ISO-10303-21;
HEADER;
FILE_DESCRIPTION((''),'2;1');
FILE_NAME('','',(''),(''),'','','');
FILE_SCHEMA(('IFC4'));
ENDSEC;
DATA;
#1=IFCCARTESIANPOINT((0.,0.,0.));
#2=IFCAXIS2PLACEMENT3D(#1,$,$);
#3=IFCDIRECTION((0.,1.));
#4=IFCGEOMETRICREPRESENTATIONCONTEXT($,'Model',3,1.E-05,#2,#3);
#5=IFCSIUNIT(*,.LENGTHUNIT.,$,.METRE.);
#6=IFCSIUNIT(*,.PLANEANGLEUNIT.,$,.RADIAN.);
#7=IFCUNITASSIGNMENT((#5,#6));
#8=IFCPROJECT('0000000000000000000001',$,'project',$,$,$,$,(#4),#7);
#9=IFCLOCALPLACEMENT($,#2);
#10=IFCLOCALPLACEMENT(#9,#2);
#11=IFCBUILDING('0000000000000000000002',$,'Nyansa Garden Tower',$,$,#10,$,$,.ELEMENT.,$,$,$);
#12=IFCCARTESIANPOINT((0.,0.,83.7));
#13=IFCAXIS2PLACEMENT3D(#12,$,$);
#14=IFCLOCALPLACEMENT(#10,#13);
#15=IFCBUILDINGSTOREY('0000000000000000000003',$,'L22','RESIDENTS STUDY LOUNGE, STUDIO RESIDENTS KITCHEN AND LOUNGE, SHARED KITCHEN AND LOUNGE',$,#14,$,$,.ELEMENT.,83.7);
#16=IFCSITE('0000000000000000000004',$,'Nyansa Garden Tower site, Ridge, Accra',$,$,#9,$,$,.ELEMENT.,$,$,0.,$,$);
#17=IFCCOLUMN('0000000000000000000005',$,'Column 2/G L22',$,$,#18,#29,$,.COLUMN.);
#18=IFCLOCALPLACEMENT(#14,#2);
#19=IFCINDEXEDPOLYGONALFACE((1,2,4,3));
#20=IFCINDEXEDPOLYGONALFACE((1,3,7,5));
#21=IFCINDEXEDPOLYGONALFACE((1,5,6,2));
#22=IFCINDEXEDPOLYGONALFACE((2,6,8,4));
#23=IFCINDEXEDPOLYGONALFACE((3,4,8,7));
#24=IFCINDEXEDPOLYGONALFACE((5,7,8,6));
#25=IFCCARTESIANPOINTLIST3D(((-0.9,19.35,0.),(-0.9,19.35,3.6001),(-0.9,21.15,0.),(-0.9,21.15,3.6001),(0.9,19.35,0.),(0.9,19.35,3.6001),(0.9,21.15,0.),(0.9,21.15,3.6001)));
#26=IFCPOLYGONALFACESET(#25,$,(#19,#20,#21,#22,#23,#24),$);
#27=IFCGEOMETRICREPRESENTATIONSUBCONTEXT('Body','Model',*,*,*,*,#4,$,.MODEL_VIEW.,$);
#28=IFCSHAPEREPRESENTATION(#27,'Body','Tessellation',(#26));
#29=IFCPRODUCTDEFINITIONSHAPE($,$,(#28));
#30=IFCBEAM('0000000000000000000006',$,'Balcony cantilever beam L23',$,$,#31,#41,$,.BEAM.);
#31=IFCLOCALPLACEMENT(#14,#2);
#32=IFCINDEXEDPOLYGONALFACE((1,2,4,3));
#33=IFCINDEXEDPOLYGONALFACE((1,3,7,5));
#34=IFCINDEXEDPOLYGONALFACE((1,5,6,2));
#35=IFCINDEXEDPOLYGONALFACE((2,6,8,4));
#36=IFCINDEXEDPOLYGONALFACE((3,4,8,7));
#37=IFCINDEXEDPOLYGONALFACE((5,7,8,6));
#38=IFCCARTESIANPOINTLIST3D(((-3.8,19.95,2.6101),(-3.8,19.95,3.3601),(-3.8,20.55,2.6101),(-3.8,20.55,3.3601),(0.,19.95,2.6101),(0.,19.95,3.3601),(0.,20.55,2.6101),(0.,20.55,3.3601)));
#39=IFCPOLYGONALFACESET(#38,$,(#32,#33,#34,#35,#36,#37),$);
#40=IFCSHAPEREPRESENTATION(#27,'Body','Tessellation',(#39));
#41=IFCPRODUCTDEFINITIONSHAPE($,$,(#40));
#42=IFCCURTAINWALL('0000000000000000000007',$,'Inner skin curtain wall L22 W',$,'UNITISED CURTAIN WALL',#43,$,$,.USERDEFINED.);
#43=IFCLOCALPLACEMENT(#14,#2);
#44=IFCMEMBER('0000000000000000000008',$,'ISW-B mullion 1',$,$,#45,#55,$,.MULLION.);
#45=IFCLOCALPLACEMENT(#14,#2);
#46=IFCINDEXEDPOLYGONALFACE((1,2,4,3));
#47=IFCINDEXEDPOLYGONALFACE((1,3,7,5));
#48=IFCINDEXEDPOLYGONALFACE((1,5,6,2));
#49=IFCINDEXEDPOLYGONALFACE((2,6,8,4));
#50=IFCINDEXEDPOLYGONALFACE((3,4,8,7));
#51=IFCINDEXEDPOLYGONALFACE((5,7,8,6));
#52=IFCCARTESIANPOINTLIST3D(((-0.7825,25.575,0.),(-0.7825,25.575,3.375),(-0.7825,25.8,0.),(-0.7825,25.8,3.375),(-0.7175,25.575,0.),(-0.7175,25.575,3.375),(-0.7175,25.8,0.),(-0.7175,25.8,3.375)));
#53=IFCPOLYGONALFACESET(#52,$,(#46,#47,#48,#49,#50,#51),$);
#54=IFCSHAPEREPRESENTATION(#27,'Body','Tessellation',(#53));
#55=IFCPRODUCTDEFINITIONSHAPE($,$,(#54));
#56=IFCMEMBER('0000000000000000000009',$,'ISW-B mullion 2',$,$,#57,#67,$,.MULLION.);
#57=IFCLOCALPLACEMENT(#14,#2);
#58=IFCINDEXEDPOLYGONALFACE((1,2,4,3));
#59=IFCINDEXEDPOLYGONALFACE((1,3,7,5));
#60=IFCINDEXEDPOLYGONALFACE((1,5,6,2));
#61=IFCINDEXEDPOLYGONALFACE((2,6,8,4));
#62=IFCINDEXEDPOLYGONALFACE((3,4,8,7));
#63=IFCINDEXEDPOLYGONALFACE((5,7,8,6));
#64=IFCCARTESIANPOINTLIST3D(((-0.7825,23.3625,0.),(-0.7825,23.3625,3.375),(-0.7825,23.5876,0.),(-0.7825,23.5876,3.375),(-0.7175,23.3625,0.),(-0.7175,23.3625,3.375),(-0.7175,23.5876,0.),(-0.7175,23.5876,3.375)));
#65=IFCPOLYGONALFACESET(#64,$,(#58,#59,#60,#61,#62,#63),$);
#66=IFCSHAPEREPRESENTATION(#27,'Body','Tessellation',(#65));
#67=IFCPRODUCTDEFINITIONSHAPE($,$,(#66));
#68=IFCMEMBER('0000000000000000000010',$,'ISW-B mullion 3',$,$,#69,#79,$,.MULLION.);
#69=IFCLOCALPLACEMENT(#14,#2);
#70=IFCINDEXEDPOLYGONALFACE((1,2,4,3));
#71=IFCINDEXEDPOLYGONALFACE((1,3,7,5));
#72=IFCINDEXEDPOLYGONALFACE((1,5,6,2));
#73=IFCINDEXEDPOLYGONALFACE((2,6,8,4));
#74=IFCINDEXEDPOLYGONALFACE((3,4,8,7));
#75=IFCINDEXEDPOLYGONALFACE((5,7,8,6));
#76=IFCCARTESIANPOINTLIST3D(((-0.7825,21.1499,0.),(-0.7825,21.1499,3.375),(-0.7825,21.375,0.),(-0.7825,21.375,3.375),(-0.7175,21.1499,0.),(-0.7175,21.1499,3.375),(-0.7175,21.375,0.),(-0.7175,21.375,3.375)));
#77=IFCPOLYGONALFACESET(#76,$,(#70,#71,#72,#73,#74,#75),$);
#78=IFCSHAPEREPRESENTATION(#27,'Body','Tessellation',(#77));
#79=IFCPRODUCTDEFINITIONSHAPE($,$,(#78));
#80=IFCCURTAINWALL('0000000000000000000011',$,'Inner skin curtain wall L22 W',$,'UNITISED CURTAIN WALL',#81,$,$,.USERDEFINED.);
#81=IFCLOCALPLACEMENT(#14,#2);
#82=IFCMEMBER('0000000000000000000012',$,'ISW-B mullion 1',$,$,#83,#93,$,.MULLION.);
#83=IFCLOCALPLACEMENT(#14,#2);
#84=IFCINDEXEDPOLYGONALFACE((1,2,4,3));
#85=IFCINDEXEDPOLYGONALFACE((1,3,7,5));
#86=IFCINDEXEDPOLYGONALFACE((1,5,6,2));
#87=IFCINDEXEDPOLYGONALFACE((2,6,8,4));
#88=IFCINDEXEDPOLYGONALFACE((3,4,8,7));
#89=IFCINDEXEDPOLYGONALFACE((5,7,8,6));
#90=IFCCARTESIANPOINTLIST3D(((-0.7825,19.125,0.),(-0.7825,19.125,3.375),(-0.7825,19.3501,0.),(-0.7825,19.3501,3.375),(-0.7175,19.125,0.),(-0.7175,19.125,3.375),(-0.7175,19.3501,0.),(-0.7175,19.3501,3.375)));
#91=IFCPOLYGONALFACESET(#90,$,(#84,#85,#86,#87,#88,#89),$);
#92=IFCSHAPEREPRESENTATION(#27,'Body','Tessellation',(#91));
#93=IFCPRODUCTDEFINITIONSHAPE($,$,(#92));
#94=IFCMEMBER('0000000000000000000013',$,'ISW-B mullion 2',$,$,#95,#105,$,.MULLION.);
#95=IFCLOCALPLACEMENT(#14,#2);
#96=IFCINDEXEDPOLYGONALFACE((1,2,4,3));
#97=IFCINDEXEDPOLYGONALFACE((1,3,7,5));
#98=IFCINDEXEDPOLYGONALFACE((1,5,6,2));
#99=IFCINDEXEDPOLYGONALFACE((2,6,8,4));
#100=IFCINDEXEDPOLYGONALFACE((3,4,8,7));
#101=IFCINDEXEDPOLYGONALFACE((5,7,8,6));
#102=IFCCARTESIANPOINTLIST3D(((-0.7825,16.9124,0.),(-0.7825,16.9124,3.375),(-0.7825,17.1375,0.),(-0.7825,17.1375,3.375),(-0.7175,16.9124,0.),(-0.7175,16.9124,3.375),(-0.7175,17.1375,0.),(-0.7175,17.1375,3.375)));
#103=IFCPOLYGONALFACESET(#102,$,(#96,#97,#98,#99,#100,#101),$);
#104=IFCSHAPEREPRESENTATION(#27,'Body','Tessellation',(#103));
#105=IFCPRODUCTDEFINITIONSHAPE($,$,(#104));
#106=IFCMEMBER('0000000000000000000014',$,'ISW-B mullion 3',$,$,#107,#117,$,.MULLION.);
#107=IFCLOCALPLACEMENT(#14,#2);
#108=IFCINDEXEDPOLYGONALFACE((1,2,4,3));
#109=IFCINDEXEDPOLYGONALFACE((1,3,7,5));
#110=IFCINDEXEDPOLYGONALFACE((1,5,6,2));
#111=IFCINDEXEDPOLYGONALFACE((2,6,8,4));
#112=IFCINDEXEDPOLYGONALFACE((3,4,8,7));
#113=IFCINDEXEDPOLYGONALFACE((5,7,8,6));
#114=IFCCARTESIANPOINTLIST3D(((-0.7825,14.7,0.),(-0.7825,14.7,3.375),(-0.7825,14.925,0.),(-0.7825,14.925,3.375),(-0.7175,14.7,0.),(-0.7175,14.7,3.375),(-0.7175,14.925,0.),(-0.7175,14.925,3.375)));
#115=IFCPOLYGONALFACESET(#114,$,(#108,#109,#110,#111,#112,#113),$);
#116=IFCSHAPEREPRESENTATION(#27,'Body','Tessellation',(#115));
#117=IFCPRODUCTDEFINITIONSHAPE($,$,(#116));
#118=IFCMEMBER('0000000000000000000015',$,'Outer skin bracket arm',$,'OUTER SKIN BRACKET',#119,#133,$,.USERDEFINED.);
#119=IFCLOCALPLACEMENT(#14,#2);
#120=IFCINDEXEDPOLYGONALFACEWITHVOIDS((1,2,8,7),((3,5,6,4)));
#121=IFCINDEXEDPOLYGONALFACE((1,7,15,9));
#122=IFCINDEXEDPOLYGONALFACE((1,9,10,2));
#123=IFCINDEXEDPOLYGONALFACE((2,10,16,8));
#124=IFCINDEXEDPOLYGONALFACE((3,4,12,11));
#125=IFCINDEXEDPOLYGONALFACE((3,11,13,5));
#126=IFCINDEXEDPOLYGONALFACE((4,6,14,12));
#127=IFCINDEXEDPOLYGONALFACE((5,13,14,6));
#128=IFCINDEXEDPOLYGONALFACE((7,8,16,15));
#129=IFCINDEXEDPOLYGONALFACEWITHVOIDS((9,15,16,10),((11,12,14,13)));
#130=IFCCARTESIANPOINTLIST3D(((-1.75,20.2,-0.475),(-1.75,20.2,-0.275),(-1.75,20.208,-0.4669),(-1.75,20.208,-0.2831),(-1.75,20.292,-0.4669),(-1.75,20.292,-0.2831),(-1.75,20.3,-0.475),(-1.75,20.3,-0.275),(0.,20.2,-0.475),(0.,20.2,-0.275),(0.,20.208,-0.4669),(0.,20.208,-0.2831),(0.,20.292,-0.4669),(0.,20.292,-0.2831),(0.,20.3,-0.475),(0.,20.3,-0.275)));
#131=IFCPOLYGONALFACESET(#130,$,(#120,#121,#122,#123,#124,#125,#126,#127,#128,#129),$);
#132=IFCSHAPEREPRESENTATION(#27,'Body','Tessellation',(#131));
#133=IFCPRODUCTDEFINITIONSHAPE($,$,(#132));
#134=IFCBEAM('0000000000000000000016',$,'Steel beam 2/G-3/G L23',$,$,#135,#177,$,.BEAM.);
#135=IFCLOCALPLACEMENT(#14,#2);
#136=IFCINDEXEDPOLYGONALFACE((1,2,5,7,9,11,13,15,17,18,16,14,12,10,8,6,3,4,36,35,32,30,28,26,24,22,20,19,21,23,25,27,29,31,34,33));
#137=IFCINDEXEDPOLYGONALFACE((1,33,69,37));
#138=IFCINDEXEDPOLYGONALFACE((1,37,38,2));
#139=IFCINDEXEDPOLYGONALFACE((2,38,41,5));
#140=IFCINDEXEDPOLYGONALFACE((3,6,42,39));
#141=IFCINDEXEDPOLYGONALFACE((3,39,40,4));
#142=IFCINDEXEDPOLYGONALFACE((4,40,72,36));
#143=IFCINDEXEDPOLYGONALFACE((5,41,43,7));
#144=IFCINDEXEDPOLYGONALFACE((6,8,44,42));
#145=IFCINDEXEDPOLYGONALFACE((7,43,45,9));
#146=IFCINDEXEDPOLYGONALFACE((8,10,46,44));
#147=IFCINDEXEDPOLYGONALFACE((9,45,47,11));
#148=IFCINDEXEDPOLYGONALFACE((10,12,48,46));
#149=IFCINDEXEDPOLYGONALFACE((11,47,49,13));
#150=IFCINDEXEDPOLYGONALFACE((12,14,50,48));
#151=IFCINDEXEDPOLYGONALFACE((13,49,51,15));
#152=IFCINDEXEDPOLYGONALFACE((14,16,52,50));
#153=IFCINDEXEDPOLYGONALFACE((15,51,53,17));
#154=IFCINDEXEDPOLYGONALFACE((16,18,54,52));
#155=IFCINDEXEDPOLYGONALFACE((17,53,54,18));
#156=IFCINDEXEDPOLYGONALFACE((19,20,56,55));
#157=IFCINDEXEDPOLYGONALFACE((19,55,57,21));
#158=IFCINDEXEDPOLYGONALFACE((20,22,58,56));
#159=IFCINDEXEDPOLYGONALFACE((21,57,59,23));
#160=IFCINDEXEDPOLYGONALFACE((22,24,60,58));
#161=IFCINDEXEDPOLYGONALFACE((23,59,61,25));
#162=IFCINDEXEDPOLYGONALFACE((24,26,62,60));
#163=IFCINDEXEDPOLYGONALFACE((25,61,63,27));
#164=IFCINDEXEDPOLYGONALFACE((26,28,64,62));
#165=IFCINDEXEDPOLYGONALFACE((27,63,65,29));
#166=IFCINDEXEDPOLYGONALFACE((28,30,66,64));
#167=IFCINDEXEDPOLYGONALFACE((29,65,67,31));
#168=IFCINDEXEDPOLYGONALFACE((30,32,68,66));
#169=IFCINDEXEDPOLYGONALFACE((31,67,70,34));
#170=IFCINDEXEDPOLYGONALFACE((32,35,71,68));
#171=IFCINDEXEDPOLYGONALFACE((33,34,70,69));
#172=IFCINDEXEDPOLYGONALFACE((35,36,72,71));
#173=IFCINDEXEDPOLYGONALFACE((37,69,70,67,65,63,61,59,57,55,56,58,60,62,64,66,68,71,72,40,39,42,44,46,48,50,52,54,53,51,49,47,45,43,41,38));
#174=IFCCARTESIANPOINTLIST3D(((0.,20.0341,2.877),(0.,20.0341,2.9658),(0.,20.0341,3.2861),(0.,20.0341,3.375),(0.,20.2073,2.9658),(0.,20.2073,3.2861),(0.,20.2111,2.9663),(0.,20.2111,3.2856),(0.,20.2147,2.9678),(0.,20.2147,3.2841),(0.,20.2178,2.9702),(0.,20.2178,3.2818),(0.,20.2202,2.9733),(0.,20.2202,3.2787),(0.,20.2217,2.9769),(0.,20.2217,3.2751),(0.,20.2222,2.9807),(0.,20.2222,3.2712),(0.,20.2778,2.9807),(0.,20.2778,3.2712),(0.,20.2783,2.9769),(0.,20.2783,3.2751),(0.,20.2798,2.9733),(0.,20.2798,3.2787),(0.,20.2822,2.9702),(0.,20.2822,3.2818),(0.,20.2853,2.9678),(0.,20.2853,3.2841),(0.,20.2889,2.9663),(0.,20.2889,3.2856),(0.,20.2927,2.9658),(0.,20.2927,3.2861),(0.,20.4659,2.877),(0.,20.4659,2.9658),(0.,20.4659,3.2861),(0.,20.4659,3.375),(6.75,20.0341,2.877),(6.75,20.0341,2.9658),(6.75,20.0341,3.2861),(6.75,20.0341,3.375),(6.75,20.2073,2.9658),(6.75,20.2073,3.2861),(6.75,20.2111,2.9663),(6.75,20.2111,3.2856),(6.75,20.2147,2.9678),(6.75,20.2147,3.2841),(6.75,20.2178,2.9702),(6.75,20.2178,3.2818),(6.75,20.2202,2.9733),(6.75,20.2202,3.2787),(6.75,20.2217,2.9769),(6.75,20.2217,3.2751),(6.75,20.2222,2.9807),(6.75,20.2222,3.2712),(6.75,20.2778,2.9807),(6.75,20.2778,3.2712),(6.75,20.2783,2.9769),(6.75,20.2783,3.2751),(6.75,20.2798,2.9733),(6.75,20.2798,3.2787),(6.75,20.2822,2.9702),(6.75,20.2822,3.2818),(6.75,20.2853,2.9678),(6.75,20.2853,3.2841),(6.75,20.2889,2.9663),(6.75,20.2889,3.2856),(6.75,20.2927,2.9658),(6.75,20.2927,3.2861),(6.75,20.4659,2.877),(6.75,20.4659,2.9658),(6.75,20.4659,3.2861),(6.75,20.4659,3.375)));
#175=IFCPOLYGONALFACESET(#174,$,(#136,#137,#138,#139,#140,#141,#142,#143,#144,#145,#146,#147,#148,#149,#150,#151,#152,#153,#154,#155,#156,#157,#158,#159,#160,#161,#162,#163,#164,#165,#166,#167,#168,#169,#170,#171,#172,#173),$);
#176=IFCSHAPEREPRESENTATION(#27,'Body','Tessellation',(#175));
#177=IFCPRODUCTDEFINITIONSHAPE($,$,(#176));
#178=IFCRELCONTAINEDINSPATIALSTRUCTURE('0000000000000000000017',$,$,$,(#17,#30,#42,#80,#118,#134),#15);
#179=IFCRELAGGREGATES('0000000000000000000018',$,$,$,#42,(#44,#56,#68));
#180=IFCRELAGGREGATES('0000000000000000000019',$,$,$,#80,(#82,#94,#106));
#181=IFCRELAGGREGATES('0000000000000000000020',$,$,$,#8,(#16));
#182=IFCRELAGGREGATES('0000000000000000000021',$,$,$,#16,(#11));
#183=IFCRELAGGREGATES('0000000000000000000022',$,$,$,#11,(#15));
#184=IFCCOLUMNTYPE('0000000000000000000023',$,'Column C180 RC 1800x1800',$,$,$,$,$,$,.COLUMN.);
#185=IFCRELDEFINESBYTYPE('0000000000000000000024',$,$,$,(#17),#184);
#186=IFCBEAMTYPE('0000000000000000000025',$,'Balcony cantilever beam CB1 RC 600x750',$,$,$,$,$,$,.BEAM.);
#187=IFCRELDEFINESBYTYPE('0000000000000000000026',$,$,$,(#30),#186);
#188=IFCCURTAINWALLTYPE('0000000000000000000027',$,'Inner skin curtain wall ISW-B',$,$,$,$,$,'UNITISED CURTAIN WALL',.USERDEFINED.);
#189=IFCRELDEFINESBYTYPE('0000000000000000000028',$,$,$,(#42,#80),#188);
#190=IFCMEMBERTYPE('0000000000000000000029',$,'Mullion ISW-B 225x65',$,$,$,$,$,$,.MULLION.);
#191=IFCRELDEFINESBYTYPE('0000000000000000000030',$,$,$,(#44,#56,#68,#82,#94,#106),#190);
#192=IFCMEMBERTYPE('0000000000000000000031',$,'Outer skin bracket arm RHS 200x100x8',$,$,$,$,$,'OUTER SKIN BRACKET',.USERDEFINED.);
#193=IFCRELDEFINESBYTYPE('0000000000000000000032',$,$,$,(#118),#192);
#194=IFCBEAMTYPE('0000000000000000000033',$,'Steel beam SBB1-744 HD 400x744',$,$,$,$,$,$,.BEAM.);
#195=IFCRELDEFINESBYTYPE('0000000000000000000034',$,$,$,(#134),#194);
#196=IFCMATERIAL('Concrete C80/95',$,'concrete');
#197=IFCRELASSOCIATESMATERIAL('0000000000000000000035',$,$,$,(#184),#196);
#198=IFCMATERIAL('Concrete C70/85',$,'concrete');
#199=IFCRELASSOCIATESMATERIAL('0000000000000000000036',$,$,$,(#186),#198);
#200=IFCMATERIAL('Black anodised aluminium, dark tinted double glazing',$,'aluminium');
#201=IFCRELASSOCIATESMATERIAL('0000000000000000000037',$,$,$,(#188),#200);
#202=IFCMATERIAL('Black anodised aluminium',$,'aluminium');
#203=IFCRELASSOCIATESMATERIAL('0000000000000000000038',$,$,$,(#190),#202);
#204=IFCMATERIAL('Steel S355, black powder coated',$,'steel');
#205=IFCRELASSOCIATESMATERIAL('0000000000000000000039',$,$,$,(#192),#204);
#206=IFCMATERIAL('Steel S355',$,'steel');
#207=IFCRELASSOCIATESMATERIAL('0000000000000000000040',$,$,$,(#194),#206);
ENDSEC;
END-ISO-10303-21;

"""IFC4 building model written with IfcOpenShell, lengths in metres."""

from ifc_helpers import new_model, si_unit, direction, frame, origin, origin_2d, place, context, subcontext, project, spatial, rectangle, hollow_rectangle, i_section, extrude, material, material_profile, profile_set, type_object, element, aggregate, save


model = new_model("IFC4")

# Units and contexts
model_context = context("Model", 3, precision=1e-05, world=origin(), true_north=direction((0.0, 1.0)))
body_context = subcontext(model_context, "Body", "Model", "MODEL_VIEW")
ifc_project = project(units=[si_unit("LENGTHUNIT", "METRE"), si_unit("PLANEANGLEUNIT", "RADIAN")], contexts=[model_context])

# Site, building, storey
site_placement = place(None, origin())
site = spatial("IfcSite", under=ifc_project, at=site_placement, Name="Nyansa Garden Tower site, Ridge, Accra", CompositionType="ELEMENT", RefElevation=0.0)
building_placement = place(site_placement, origin())
building = spatial("IfcBuilding", under=site, at=building_placement, Name="Nyansa Garden Tower", CompositionType="ELEMENT")
storey_placement = place(building_placement, frame((0.0, 0.0, 83.7)))
storey = spatial("IfcBuildingStorey", under=building, at=storey_placement, Name="L22", Description="RESIDENTS STUDY LOUNGE, STUDIO RESIDENTS KITCHEN AND LOUNGE, SHARED KITCHEN AND LOUNGE", CompositionType="ELEMENT", Elevation=83.7)

# Column
ifc_material_1 = material(Name="Concrete C80/95", Category="concrete")
ifc_material_profile_1 = material_profile(ifc_material_1, rectangle(XDim=1.8, YDim=1.8, at=origin_2d()), Name="RC 1800x1800")
ifc_profile_set_1 = profile_set([ifc_material_profile_1], Name="Concrete C80/95")
column_type = type_object("IfcColumnType", Name="Column C180 RC 1800x1800", PredefinedType="COLUMN", material=ifc_profile_set_1)
column_placement = place(storey_placement, frame((0.0, 20.25, 0.0), z_axis=(0.0, 0.0, 1.0), x_axis=(1.0, 0.0, 0.0)))
element("IfcColumn", 1, at=column_placement, inside=storey, type_object=column_type, Name="Column 2/G L22", PredefinedType="COLUMN", context=body_context, shape_type="SweptSolid", body=[
    extrude(rectangle(XDim=1.8, YDim=1.8, at=origin_2d()), origin(), (0.0, 0.0, 1.0), 3.6001),
])

# Beam
ifc_material_2 = material(Name="Concrete C70/85", Category="concrete")
ifc_material_profile_2 = material_profile(ifc_material_2, rectangle(XDim=0.6001, YDim=0.75, at=origin_2d()), Name="RC 600x750")
ifc_profile_set_2 = profile_set([ifc_material_profile_2], Name="Concrete C70/85")
beam_type_1 = type_object("IfcBeamType", Name="Balcony cantilever beam CB1 RC 600x750", PredefinedType="BEAM", material=ifc_profile_set_2)
beam_1_placement = place(storey_placement, frame((0.0, 20.25, 2.9851), z_axis=(-1.0, 0.0, 0.0), x_axis=(0.0, -1.0, 0.0)))
element("IfcBeam", 2, at=beam_1_placement, inside=storey, type_object=beam_type_1, Name="Balcony cantilever beam L23", PredefinedType="BEAM", context=body_context, shape_type="SweptSolid", body=[
    extrude(rectangle(XDim=0.6001, YDim=0.75, at=origin_2d()), origin(), (0.0, 0.0, 1.0), 3.8),
])

# Curtain walls, members
ifc_material_3 = material(Name="Black anodised aluminium, dark tinted double glazing", Category="aluminium")
curtain_wall_type = type_object("IfcCurtainWallType", Name="Inner skin curtain wall ISW-B", ElementType="UNITISED CURTAIN WALL", PredefinedType="USERDEFINED", material=ifc_material_3)
curtain_wall_1_placement = place(storey_placement, origin())
curtain_wall_1 = element("IfcCurtainWall", 3, at=curtain_wall_1_placement, inside=storey, type_object=curtain_wall_type, Name="Inner skin curtain wall L22 W", ObjectType="UNITISED CURTAIN WALL", PredefinedType="USERDEFINED")
ifc_material_4 = material(Name="Black anodised aluminium", Category="aluminium")
ifc_material_profile_3 = material_profile(ifc_material_4, rectangle(XDim=0.0649, YDim=0.2251, at=origin_2d()), Name="Mullion 225x65")
ifc_profile_set_3 = profile_set([ifc_material_profile_3], Name="Black anodised aluminium")
member_type_1 = type_object("IfcMemberType", Name="Mullion ISW-B 225x65", PredefinedType="MULLION", material=ifc_profile_set_3)
member_1_placement = place(storey_placement, frame((-0.75, 25.6875, 0.0), z_axis=(0.0, 0.0, 1.0), x_axis=(1.0, 0.0, 0.0)))
member_1 = element("IfcMember", 4, at=member_1_placement, type_object=member_type_1, Name="ISW-B mullion 1", PredefinedType="MULLION", context=body_context, shape_type="SweptSolid", body=[
    extrude(rectangle(XDim=0.0649, YDim=0.2251, at=origin_2d()), origin(), (0.0, 0.0, 1.0), 3.375),
])
member_2_placement = place(storey_placement, frame((-0.75, 23.4751, 0.0), z_axis=(0.0, 0.0, 1.0), x_axis=(1.0, 0.0, 0.0)))
member_2 = element("IfcMember", 5, at=member_2_placement, type_object=member_type_1, Name="ISW-B mullion 2", PredefinedType="MULLION", context=body_context, shape_type="SweptSolid", body=[
    extrude(rectangle(XDim=0.0649, YDim=0.2251, at=origin_2d()), origin(), (0.0, 0.0, 1.0), 3.375),
])
member_3_placement = place(storey_placement, frame((-0.75, 21.2625, 0.0), z_axis=(0.0, 0.0, 1.0), x_axis=(1.0, 0.0, 0.0)))
member_3 = element("IfcMember", 6, at=member_3_placement, type_object=member_type_1, Name="ISW-B mullion 3", PredefinedType="MULLION", context=body_context, shape_type="SweptSolid", body=[
    extrude(rectangle(XDim=0.0649, YDim=0.2251, at=origin_2d()), origin(), (0.0, 0.0, 1.0), 3.375),
])
curtain_wall_2_placement = place(storey_placement, origin())
curtain_wall_2 = element("IfcCurtainWall", 7, at=curtain_wall_2_placement, inside=storey, type_object=curtain_wall_type, Name="Inner skin curtain wall L22 W", ObjectType="UNITISED CURTAIN WALL", PredefinedType="USERDEFINED")
member_4_placement = place(storey_placement, frame((-0.75, 19.2375, 0.0), z_axis=(0.0, 0.0, 1.0), x_axis=(1.0, 0.0, 0.0)))
member_4 = element("IfcMember", 8, at=member_4_placement, type_object=member_type_1, Name="ISW-B mullion 1", PredefinedType="MULLION", context=body_context, shape_type="SweptSolid", body=[
    extrude(rectangle(XDim=0.0649, YDim=0.2251, at=origin_2d()), origin(), (0.0, 0.0, 1.0), 3.375),
])
member_5_placement = place(storey_placement, frame((-0.75, 17.0249, 0.0), z_axis=(0.0, 0.0, 1.0), x_axis=(1.0, 0.0, 0.0)))
member_5 = element("IfcMember", 9, at=member_5_placement, type_object=member_type_1, Name="ISW-B mullion 2", PredefinedType="MULLION", context=body_context, shape_type="SweptSolid", body=[
    extrude(rectangle(XDim=0.0649, YDim=0.2251, at=origin_2d()), origin(), (0.0, 0.0, 1.0), 3.375),
])
member_6_placement = place(storey_placement, frame((-0.75, 14.8125, 0.0), z_axis=(0.0, 0.0, 1.0), x_axis=(1.0, 0.0, 0.0)))
member_6 = element("IfcMember", 10, at=member_6_placement, type_object=member_type_1, Name="ISW-B mullion 3", PredefinedType="MULLION", context=body_context, shape_type="SweptSolid", body=[
    extrude(rectangle(XDim=0.0649, YDim=0.2251, at=origin_2d()), origin(), (0.0, 0.0, 1.0), 3.375),
])

# Member
ifc_material_5 = material(Name="Steel S355, black powder coated", Category="steel")
ifc_material_profile_4 = material_profile(ifc_material_5, hollow_rectangle(XDim=0.1001, YDim=0.2, WallThickness=0.0081, at=origin_2d()), Name="RHS 200x100x8")
ifc_profile_set_4 = profile_set([ifc_material_profile_4], Name="Steel S355, black powder coated")
member_type_2 = type_object("IfcMemberType", Name="Outer skin bracket arm RHS 200x100x8", ElementType="OUTER SKIN BRACKET", PredefinedType="USERDEFINED", material=ifc_profile_set_4)
member_7_placement = place(storey_placement, frame((0.0, 20.25, -0.375), z_axis=(-1.0, 0.0, 0.0), x_axis=(0.0, -1.0, 0.0)))
element("IfcMember", 11, at=member_7_placement, inside=storey, type_object=member_type_2, Name="Outer skin bracket arm", ObjectType="OUTER SKIN BRACKET", PredefinedType="USERDEFINED", context=body_context, shape_type="SweptSolid", body=[
    extrude(hollow_rectangle(XDim=0.1001, YDim=0.2, WallThickness=0.0081, at=origin_2d()), origin(), (0.0, 0.0, 1.0), 1.75),
])

# Beam
ifc_material_6 = material(Name="Steel S355", Category="steel")
ifc_material_profile_5 = material_profile(ifc_material_6, i_section(OverallWidth=0.4319, OverallDepth=0.498, WebThickness=0.0557, FlangeThickness=0.0889, FilletRadius=0.0149, at=origin_2d()), Name="HD 400x744")
ifc_profile_set_5 = profile_set([ifc_material_profile_5], Name="Steel S355")
beam_type_2 = type_object("IfcBeamType", Name="Steel beam SBB1-744 HD 400x744", PredefinedType="BEAM", material=ifc_profile_set_5)
beam_2_placement = place(storey_placement, frame((0.0, 20.25, 3.126), z_axis=(1.0, 0.0, 0.0), x_axis=(0.0, 1.0, 0.0)))
element("IfcBeam", 12, at=beam_2_placement, inside=storey, type_object=beam_type_2, Name="Steel beam 2/G-3/G L23", PredefinedType="BEAM", context=body_context, shape_type="SweptSolid", body=[
    extrude(i_section(OverallWidth=0.4319, OverallDepth=0.498, WebThickness=0.0557, FlangeThickness=0.0889, FilletRadius=0.0149, at=origin_2d()), origin(), (0.0, 0.0, 1.0), 6.75),
])

aggregate(curtain_wall_1, [member_1, member_2, member_3])
aggregate(curtain_wall_2, [member_4, member_5, member_6])

save(model, "model.ifc")
